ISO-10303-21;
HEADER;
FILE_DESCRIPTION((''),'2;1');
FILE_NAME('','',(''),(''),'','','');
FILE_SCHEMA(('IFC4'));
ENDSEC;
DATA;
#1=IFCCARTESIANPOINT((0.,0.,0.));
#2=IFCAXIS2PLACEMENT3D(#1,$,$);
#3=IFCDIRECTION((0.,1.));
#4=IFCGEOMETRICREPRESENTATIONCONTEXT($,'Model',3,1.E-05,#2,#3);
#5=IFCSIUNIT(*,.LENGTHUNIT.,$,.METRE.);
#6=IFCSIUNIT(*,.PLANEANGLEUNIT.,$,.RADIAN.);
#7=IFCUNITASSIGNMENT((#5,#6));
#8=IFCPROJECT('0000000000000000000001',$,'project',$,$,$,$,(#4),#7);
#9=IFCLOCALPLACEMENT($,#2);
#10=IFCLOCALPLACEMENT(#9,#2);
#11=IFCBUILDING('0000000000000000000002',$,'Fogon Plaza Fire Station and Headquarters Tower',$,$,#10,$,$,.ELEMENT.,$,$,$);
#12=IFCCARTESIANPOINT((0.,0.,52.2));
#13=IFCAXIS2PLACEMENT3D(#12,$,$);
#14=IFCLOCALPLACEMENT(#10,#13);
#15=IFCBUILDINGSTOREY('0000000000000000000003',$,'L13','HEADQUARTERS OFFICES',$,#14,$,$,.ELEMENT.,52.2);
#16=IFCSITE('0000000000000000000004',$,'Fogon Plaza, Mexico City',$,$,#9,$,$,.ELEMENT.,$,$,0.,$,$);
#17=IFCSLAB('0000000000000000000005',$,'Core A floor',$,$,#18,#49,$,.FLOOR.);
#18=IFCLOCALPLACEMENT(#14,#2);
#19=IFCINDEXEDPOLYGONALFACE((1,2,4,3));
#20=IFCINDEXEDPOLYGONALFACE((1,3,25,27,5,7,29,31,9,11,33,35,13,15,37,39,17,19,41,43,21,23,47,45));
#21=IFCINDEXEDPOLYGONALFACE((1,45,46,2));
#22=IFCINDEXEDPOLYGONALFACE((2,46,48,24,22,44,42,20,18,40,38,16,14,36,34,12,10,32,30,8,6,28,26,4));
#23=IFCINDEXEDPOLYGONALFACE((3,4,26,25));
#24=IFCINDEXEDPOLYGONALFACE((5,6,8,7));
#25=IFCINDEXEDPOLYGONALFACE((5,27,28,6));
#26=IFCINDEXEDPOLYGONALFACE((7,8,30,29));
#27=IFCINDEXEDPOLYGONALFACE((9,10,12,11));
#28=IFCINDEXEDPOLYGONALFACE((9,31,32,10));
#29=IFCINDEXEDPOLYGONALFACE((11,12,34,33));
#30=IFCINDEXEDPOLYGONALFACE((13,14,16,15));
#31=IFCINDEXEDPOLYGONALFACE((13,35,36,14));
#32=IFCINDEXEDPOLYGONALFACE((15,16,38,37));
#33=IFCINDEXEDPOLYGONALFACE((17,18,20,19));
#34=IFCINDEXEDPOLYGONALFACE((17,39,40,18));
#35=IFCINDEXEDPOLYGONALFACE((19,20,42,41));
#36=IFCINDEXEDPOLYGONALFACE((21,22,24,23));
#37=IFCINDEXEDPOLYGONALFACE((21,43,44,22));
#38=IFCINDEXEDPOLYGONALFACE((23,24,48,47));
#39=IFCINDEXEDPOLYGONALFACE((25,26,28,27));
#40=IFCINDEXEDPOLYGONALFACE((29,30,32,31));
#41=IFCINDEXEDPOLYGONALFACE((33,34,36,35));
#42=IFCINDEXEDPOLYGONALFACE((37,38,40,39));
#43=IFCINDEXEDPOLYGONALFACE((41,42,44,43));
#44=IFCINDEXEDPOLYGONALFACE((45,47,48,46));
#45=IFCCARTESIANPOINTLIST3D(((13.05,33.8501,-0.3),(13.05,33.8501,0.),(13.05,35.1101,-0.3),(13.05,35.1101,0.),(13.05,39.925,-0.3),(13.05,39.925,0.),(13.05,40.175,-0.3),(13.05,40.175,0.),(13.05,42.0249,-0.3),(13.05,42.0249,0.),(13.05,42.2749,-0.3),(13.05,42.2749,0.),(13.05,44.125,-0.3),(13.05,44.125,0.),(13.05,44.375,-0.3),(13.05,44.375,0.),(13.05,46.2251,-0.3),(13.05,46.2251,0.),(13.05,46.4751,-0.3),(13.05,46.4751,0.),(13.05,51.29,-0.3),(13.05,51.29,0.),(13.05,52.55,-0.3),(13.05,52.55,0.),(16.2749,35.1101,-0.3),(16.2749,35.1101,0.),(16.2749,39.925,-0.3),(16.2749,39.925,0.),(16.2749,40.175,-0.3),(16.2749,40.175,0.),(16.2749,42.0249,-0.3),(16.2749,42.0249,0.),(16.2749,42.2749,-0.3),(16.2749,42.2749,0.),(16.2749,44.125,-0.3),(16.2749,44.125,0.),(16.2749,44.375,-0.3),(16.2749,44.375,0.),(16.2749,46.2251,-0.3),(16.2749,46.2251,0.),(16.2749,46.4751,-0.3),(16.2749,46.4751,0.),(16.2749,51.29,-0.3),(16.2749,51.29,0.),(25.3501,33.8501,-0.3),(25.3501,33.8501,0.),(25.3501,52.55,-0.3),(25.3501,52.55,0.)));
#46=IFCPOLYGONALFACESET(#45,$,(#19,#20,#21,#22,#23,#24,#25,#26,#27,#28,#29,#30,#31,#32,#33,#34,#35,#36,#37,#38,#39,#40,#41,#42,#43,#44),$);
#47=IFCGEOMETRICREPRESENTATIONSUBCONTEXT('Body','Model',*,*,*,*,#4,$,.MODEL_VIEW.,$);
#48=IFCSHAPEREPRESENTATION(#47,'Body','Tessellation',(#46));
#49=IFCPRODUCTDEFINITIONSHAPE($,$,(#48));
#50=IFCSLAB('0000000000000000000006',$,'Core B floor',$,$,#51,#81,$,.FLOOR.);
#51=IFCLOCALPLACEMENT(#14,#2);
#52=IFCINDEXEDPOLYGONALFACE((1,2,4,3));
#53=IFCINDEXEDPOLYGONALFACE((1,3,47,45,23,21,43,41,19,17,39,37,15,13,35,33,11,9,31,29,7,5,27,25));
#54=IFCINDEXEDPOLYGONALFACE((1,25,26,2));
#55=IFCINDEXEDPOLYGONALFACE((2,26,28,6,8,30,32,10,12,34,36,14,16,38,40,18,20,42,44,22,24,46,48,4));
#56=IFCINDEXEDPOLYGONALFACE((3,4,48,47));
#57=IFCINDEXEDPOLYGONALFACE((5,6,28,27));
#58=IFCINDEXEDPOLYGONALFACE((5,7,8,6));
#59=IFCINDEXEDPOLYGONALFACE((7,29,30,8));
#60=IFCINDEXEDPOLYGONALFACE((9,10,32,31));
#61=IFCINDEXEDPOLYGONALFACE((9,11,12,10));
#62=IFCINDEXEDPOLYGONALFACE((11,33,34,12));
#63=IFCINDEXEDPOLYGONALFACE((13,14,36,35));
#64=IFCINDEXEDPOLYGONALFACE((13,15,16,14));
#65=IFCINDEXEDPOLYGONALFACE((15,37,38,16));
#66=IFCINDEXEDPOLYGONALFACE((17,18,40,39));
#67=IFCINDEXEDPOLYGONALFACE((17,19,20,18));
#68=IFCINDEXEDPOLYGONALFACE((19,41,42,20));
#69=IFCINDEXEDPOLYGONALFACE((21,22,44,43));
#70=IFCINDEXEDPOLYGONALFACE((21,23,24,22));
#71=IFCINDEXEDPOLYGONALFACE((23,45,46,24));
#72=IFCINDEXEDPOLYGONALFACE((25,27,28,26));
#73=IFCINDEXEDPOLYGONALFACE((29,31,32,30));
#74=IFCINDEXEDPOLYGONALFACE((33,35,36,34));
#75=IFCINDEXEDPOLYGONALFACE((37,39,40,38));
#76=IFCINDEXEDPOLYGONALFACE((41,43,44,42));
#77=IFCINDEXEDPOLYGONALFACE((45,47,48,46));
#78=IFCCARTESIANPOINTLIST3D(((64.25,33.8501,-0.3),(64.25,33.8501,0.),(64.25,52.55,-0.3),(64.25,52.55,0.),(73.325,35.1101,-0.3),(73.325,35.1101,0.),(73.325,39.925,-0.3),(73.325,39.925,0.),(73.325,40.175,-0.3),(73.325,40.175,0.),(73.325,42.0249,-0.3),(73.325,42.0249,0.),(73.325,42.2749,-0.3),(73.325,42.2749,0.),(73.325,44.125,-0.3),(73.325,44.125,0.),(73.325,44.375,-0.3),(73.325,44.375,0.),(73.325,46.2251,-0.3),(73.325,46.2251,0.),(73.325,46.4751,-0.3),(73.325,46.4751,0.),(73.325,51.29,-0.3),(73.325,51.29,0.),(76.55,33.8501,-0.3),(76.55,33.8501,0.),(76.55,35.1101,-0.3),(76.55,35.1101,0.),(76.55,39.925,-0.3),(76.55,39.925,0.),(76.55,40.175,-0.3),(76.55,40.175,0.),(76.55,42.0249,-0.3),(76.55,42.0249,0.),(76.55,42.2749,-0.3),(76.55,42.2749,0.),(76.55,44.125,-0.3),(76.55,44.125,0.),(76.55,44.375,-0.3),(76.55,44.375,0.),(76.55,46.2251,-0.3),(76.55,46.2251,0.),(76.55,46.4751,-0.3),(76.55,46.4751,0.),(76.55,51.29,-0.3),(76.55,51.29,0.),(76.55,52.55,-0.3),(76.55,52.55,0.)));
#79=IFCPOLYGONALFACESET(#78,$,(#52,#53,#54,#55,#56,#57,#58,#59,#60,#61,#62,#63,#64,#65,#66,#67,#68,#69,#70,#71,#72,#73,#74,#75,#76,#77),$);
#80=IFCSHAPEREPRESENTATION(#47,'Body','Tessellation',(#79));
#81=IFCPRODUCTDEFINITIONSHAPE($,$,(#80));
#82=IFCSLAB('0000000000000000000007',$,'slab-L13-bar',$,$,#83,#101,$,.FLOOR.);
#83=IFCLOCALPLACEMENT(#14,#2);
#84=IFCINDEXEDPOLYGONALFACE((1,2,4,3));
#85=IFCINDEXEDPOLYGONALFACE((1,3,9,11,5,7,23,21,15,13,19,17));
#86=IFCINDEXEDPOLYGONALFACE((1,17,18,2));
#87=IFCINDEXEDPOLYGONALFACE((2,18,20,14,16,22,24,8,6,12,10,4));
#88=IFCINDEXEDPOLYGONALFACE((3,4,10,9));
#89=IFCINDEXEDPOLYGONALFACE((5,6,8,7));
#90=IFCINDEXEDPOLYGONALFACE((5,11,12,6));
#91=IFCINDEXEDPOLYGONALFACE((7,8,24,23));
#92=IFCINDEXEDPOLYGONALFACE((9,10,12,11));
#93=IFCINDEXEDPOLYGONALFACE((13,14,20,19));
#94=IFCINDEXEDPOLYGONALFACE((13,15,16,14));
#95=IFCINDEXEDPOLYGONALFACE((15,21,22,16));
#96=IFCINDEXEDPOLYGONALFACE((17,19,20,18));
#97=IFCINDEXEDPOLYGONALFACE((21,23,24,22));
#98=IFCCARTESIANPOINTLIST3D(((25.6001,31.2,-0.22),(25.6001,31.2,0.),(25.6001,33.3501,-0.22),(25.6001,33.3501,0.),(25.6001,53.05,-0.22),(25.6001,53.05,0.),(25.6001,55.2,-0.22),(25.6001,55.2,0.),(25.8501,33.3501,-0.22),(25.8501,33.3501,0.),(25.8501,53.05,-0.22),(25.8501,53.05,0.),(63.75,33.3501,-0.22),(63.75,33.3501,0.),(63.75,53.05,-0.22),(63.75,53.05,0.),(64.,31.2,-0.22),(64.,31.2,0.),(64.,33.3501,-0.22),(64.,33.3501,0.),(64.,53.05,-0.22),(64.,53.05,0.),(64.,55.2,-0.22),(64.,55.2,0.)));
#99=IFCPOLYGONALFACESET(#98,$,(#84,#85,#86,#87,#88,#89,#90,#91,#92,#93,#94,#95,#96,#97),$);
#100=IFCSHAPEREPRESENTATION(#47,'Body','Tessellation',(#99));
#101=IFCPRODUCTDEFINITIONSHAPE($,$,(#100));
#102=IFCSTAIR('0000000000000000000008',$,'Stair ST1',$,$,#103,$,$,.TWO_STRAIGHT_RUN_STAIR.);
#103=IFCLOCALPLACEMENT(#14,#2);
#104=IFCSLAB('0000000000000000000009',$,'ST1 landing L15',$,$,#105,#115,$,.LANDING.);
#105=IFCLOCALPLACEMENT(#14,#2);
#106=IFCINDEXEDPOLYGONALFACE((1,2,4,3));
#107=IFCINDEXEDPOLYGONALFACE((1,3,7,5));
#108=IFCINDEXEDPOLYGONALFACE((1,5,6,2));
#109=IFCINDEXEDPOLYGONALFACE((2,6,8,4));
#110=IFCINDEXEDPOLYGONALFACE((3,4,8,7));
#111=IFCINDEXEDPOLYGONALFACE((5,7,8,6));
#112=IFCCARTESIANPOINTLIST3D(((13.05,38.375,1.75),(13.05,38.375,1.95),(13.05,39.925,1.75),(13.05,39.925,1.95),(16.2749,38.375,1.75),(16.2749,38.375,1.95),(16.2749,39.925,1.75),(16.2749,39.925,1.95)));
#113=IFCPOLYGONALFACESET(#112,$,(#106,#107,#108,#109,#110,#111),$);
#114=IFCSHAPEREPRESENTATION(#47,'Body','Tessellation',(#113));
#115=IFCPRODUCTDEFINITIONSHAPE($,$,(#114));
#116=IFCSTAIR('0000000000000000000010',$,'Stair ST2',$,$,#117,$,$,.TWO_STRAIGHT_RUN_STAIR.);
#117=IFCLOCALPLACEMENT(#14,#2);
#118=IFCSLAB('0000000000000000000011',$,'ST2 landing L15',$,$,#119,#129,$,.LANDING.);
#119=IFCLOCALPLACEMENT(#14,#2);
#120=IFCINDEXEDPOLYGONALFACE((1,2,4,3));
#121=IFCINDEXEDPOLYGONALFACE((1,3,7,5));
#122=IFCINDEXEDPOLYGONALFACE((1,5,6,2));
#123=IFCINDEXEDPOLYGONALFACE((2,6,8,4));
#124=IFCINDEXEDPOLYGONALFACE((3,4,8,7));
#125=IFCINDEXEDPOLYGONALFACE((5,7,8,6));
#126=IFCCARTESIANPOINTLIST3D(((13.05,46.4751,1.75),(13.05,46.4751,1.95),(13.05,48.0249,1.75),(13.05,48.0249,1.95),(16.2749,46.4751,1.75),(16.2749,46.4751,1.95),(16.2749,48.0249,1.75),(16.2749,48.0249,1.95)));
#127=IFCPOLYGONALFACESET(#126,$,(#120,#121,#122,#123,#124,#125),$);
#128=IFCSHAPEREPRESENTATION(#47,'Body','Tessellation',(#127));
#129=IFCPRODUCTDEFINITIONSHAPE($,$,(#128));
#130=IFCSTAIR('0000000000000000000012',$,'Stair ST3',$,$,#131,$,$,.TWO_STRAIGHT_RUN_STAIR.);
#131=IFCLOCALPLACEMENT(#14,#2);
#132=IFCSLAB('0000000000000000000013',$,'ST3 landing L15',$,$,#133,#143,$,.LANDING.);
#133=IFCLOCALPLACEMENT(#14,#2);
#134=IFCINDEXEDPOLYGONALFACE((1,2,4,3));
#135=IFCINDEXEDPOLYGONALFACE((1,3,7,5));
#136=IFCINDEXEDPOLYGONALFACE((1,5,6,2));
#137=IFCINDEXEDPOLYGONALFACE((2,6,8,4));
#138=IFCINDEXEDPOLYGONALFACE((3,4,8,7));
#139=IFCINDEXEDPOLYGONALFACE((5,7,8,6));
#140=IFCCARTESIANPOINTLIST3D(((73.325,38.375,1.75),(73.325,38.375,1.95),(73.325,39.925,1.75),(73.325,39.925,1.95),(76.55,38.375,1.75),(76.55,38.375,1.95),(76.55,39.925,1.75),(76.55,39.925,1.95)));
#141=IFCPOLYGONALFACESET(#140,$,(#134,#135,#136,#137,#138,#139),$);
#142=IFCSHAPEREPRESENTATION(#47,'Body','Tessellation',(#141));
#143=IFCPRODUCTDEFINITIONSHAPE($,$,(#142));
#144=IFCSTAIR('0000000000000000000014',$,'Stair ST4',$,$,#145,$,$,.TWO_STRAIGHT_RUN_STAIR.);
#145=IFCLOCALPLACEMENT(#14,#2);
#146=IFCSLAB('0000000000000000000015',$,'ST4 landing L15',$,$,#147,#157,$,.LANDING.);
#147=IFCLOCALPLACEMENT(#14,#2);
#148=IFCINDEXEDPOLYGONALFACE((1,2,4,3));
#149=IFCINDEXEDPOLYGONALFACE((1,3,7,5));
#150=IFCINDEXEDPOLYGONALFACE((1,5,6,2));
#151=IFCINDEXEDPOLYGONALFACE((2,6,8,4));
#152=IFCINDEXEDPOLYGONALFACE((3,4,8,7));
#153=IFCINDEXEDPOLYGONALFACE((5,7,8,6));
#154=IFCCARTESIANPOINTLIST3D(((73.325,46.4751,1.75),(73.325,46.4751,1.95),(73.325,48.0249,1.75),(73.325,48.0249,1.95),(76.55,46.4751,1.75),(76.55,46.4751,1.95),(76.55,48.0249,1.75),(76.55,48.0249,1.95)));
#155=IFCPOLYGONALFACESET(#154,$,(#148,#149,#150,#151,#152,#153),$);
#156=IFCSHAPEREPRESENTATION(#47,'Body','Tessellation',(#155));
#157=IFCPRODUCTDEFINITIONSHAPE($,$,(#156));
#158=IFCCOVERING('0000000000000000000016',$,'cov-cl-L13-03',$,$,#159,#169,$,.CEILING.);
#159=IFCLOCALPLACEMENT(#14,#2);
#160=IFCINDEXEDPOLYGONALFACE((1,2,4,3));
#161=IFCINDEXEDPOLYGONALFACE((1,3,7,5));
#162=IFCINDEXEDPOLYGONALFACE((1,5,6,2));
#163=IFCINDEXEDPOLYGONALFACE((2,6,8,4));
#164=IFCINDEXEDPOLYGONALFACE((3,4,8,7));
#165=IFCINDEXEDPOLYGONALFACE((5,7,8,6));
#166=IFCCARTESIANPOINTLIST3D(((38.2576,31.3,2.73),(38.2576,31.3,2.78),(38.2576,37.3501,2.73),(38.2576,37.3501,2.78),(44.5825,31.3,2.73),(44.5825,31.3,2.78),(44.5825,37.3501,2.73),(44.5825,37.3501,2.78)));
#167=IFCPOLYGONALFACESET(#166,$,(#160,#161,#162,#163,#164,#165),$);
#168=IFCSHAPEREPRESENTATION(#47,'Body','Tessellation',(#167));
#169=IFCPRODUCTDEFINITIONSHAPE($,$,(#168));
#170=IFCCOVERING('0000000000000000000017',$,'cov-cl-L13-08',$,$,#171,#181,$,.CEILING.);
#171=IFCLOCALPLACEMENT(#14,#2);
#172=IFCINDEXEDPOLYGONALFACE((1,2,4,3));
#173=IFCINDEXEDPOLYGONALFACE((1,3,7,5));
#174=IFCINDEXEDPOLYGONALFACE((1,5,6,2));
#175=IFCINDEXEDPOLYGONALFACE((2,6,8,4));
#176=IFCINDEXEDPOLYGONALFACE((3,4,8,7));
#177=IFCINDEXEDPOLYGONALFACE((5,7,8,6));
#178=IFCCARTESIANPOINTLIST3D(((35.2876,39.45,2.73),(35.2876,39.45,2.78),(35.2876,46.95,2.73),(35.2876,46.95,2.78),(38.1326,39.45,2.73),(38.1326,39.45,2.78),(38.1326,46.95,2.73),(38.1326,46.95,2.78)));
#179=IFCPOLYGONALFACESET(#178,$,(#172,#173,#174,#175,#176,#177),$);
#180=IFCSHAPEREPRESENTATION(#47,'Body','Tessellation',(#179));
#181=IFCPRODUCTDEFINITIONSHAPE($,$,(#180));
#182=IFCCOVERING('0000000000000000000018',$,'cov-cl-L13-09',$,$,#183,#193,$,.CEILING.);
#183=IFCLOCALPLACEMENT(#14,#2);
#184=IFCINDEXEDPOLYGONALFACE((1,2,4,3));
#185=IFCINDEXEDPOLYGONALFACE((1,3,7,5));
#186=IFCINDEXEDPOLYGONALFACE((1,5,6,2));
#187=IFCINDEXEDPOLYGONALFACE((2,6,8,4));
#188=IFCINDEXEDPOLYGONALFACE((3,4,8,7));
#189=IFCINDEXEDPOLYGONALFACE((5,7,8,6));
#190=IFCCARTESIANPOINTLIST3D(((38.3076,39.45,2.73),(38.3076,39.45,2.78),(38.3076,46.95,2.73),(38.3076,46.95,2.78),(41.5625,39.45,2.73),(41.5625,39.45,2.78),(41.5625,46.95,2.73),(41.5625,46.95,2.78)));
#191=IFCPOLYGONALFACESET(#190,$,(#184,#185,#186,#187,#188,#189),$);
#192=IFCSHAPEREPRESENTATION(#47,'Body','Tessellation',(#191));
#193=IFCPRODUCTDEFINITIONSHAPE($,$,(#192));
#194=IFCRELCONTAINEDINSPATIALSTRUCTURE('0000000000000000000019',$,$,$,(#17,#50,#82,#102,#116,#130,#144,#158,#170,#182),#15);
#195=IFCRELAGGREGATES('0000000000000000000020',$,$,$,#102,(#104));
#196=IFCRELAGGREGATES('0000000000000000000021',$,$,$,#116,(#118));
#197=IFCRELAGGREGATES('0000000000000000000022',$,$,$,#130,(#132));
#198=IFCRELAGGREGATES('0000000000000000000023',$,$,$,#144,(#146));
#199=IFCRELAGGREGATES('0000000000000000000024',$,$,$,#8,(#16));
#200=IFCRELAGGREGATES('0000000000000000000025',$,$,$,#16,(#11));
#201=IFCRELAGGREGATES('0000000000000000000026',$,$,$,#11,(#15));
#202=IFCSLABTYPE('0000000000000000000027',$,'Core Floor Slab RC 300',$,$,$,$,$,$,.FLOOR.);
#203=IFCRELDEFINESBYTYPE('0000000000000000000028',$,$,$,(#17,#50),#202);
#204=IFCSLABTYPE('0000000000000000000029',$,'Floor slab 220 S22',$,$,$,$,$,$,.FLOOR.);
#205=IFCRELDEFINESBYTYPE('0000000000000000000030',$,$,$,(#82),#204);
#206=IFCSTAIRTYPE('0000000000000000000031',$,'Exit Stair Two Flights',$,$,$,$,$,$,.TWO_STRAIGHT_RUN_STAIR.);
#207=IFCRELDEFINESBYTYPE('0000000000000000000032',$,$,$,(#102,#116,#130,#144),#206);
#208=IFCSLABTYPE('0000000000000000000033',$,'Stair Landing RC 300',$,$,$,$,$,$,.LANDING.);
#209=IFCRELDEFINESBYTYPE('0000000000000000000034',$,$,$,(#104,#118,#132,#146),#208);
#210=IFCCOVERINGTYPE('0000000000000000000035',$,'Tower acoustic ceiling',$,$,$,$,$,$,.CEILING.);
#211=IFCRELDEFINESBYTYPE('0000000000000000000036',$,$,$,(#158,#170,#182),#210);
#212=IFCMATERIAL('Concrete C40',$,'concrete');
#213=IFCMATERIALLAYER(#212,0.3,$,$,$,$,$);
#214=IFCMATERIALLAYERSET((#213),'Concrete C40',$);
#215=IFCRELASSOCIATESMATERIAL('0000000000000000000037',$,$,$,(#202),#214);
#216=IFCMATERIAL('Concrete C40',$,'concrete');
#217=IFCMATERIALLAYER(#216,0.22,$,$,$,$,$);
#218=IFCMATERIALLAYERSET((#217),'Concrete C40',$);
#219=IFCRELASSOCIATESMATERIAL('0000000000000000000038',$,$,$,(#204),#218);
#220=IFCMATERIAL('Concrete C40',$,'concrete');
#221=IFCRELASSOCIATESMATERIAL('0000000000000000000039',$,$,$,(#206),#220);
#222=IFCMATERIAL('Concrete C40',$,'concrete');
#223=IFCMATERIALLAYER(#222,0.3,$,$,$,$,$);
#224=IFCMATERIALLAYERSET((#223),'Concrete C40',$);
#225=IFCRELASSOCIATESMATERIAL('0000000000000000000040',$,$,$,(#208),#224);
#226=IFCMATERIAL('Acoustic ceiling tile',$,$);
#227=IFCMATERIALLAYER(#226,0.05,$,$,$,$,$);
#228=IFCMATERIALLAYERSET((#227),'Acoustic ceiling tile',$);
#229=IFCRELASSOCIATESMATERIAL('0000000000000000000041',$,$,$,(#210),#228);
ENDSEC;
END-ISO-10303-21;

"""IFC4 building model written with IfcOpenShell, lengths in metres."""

from ifc_helpers import new_model, si_unit, direction, frame, origin, place, context, subcontext, project, spatial, polyline, outline, extrude, material, layer, layer_set, type_object, element, aggregate, save


model = new_model("IFC4")

# Units and contexts
model_context = context("Model", 3, precision=1e-05, world=origin(), true_north=direction((0.0, 1.0)))
body_context = subcontext(model_context, "Body", "Model", "MODEL_VIEW")
ifc_project = project(units=[si_unit("LENGTHUNIT", "METRE"), si_unit("PLANEANGLEUNIT", "RADIAN")], contexts=[model_context])

# Site, building, storey
site_placement = place(None, origin())
site = spatial("IfcSite", under=ifc_project, at=site_placement, Name="Fogon Plaza, Mexico City", CompositionType="ELEMENT", RefElevation=0.0)
building_placement = place(site_placement, origin())
building = spatial("IfcBuilding", under=site, at=building_placement, Name="Fogon Plaza Fire Station and Headquarters Tower", CompositionType="ELEMENT")
storey_placement = place(building_placement, frame((0.0, 0.0, 52.2)))
storey = spatial("IfcBuildingStorey", under=building, at=storey_placement, Name="L13", Description="HEADQUARTERS OFFICES", CompositionType="ELEMENT", Elevation=52.2)

# Slabs
ifc_material_1 = material(Name="Concrete C40", Category="concrete")
ifc_layer_1 = layer(ifc_material_1, 0.3)
ifc_layer_set_1 = layer_set([ifc_layer_1], Name="Concrete C40")
slab_type_1 = type_object("IfcSlabType", Name="Core Floor Slab RC 300", PredefinedType="FLOOR", material=ifc_layer_set_1)
slab_1_placement = place(storey_placement, frame((0.0, 0.0, -0.3)))
element("IfcSlab", 1, at=slab_1_placement, inside=storey, type_object=slab_type_1, Name="Core A floor", PredefinedType="FLOOR", context=body_context, shape_type="SweptSolid", body=[
    extrude(outline(polyline([(13.05, 35.1101), (13.05, 33.8501), (25.3501, 33.8501), (25.3501, 52.55), (13.05, 52.55), (13.05, 51.29), (16.2749, 51.29), (16.2749, 46.4751), (13.05, 46.4751), (13.05, 46.2251), (16.2749, 46.2251), (16.2749, 44.375), (13.05, 44.375), (13.05, 44.125), (16.2749, 44.125), (16.2749, 42.2749), (13.05, 42.2749), (13.05, 42.0249), (16.2749, 42.0249), (16.2749, 40.175), (13.05, 40.175), (13.05, 39.925), (16.2749, 39.925), (16.2749, 35.1101), (13.05, 35.1101)])), origin(), (0.0, 0.0, 1.0), 0.3),
])
slab_2_placement = place(storey_placement, frame((0.0, 0.0, -0.3)))
element("IfcSlab", 2, at=slab_2_placement, inside=storey, type_object=slab_type_1, Name="Core B floor", PredefinedType="FLOOR", context=body_context, shape_type="SweptSolid", body=[
    extrude(outline(polyline([(76.55, 35.1101), (73.325, 35.1101), (73.325, 39.925), (76.55, 39.925), (76.55, 40.175), (73.325, 40.175), (73.325, 42.0249), (76.55, 42.0249), (76.55, 42.2749), (73.325, 42.2749), (73.325, 44.125), (76.55, 44.125), (76.55, 44.375), (73.325, 44.375), (73.325, 46.2251), (76.55, 46.2251), (76.55, 46.4751), (73.325, 46.4751), (73.325, 51.29), (76.55, 51.29), (76.55, 52.55), (64.25, 52.55), (64.25, 33.8501), (76.55, 33.8501), (76.55, 35.1101)])), origin(), (0.0, 0.0, 1.0), 0.3),
])
ifc_material_2 = material(Name="Concrete C40", Category="concrete")
ifc_layer_2 = layer(ifc_material_2, 0.22)
ifc_layer_set_2 = layer_set([ifc_layer_2], Name="Concrete C40")
slab_type_2 = type_object("IfcSlabType", Name="Floor slab 220 S22", PredefinedType="FLOOR", material=ifc_layer_set_2)
slab_3_placement = place(storey_placement, frame((0.0, 0.0, -0.22)))
element("IfcSlab", 3, at=slab_3_placement, inside=storey, type_object=slab_type_2, Name="slab-L13-bar", PredefinedType="FLOOR", context=body_context, shape_type="SweptSolid", body=[
    extrude(outline(polyline([(64.0, 31.2), (25.6001, 31.2), (25.6001, 33.3501), (25.8501, 33.3501), (25.8501, 53.05), (25.6001, 53.05), (25.6001, 55.2), (64.0, 55.2), (64.0, 53.05), (63.75, 53.05), (63.75, 33.3501), (64.0, 33.3501), (64.0, 31.2)])), origin(), (0.0, 0.0, 1.0), 0.22),
])

# Stairs, slabs
ifc_material_3 = material(Name="Concrete C40", Category="concrete")
stair_type = type_object("IfcStairType", Name="Exit Stair Two Flights", PredefinedType="TWO_STRAIGHT_RUN_STAIR", material=ifc_material_3)
stair_1_placement = place(storey_placement, origin())
stair_1 = element("IfcStair", 4, at=stair_1_placement, inside=storey, type_object=stair_type, Name="Stair ST1", PredefinedType="TWO_STRAIGHT_RUN_STAIR")
ifc_material_4 = material(Name="Concrete C40", Category="concrete")
ifc_layer_3 = layer(ifc_material_4, 0.3)
ifc_layer_set_3 = layer_set([ifc_layer_3], Name="Concrete C40")
slab_type_3 = type_object("IfcSlabType", Name="Stair Landing RC 300", PredefinedType="LANDING", material=ifc_layer_set_3)
slab_4_placement = place(storey_placement, frame((0.0, 0.0, 1.75)))
slab_4 = element("IfcSlab", 5, at=slab_4_placement, type_object=slab_type_3, Name="ST1 landing L15", PredefinedType="LANDING", context=body_context, shape_type="SweptSolid", body=[
    extrude(outline(polyline([(16.2749, 38.375), (16.2749, 39.925), (13.05, 39.925), (13.05, 38.375), (16.2749, 38.375)])), origin(), (0.0, 0.0, 1.0), 0.2),
])
aggregate(stair_1, [slab_4])
stair_2_placement = place(storey_placement, origin())
stair_2 = element("IfcStair", 6, at=stair_2_placement, inside=storey, type_object=stair_type, Name="Stair ST2", PredefinedType="TWO_STRAIGHT_RUN_STAIR")
slab_5_placement = place(storey_placement, frame((0.0, 0.0, 1.75)))
slab_5 = element("IfcSlab", 7, at=slab_5_placement, type_object=slab_type_3, Name="ST2 landing L15", PredefinedType="LANDING", context=body_context, shape_type="SweptSolid", body=[
    extrude(outline(polyline([(16.2749, 46.4751), (16.2749, 48.0249), (13.05, 48.0249), (13.05, 46.4751), (16.2749, 46.4751)])), origin(), (0.0, 0.0, 1.0), 0.2),
])
aggregate(stair_2, [slab_5])
stair_3_placement = place(storey_placement, origin())
stair_3 = element("IfcStair", 8, at=stair_3_placement, inside=storey, type_object=stair_type, Name="Stair ST3", PredefinedType="TWO_STRAIGHT_RUN_STAIR")
slab_6_placement = place(storey_placement, frame((0.0, 0.0, 1.75)))
slab_6 = element("IfcSlab", 9, at=slab_6_placement, type_object=slab_type_3, Name="ST3 landing L15", PredefinedType="LANDING", context=body_context, shape_type="SweptSolid", body=[
    extrude(outline(polyline([(73.325, 38.375), (76.55, 38.375), (76.55, 39.925), (73.325, 39.925), (73.325, 38.375)])), origin(), (0.0, 0.0, 1.0), 0.2),
])
aggregate(stair_3, [slab_6])
stair_4_placement = place(storey_placement, origin())
stair_4 = element("IfcStair", 10, at=stair_4_placement, inside=storey, type_object=stair_type, Name="Stair ST4", PredefinedType="TWO_STRAIGHT_RUN_STAIR")
slab_7_placement = place(storey_placement, frame((0.0, 0.0, 1.75)))
slab_7 = element("IfcSlab", 11, at=slab_7_placement, type_object=slab_type_3, Name="ST4 landing L15", PredefinedType="LANDING", context=body_context, shape_type="SweptSolid", body=[
    extrude(outline(polyline([(73.325, 46.4751), (76.55, 46.4751), (76.55, 48.0249), (73.325, 48.0249), (73.325, 46.4751)])), origin(), (0.0, 0.0, 1.0), 0.2),
])
aggregate(stair_4, [slab_7])

# Coverings
ifc_material_5 = material(Name="Acoustic ceiling tile")
ifc_layer_4 = layer(ifc_material_5, 0.05)
ifc_layer_set_4 = layer_set([ifc_layer_4], Name="Acoustic ceiling tile")
covering_type_1 = type_object("IfcCoveringType", Name="Tower acoustic ceiling", PredefinedType="CEILING", material=ifc_layer_set_4)
covering_1_placement = place(storey_placement, frame((0.0, 0.0, 2.73)))
element("IfcCovering", 12, at=covering_1_placement, inside=storey, type_object=covering_type_1, Name="cov-cl-L13-03", PredefinedType="CEILING", context=body_context, shape_type="SweptSolid", body=[
    extrude(outline(polyline([(44.5825, 31.3), (44.5825, 37.3501), (38.2576, 37.3501), (38.2576, 31.3), (44.5825, 31.3)])), origin(), (0.0, 0.0, 1.0), 0.05),
])
covering_2_placement = place(storey_placement, frame((0.0, 0.0, 2.73)))
element("IfcCovering", 13, at=covering_2_placement, inside=storey, type_object=covering_type_1, Name="cov-cl-L13-08", PredefinedType="CEILING", context=body_context, shape_type="SweptSolid", body=[
    extrude(outline(polyline([(38.1326, 39.45), (38.1326, 46.95), (35.2876, 46.95), (35.2876, 39.45), (38.1326, 39.45)])), origin(), (0.0, 0.0, 1.0), 0.05),
])
covering_3_placement = place(storey_placement, frame((0.0, 0.0, 2.73)))
element("IfcCovering", 14, at=covering_3_placement, inside=storey, type_object=covering_type_1, Name="cov-cl-L13-09", PredefinedType="CEILING", context=body_context, shape_type="SweptSolid", body=[
    extrude(outline(polyline([(41.5625, 39.45), (41.5625, 46.95), (38.3076, 46.95), (38.3076, 39.45), (41.5625, 39.45)])), origin(), (0.0, 0.0, 1.0), 0.05),
])

save(model, "model.ifc")
